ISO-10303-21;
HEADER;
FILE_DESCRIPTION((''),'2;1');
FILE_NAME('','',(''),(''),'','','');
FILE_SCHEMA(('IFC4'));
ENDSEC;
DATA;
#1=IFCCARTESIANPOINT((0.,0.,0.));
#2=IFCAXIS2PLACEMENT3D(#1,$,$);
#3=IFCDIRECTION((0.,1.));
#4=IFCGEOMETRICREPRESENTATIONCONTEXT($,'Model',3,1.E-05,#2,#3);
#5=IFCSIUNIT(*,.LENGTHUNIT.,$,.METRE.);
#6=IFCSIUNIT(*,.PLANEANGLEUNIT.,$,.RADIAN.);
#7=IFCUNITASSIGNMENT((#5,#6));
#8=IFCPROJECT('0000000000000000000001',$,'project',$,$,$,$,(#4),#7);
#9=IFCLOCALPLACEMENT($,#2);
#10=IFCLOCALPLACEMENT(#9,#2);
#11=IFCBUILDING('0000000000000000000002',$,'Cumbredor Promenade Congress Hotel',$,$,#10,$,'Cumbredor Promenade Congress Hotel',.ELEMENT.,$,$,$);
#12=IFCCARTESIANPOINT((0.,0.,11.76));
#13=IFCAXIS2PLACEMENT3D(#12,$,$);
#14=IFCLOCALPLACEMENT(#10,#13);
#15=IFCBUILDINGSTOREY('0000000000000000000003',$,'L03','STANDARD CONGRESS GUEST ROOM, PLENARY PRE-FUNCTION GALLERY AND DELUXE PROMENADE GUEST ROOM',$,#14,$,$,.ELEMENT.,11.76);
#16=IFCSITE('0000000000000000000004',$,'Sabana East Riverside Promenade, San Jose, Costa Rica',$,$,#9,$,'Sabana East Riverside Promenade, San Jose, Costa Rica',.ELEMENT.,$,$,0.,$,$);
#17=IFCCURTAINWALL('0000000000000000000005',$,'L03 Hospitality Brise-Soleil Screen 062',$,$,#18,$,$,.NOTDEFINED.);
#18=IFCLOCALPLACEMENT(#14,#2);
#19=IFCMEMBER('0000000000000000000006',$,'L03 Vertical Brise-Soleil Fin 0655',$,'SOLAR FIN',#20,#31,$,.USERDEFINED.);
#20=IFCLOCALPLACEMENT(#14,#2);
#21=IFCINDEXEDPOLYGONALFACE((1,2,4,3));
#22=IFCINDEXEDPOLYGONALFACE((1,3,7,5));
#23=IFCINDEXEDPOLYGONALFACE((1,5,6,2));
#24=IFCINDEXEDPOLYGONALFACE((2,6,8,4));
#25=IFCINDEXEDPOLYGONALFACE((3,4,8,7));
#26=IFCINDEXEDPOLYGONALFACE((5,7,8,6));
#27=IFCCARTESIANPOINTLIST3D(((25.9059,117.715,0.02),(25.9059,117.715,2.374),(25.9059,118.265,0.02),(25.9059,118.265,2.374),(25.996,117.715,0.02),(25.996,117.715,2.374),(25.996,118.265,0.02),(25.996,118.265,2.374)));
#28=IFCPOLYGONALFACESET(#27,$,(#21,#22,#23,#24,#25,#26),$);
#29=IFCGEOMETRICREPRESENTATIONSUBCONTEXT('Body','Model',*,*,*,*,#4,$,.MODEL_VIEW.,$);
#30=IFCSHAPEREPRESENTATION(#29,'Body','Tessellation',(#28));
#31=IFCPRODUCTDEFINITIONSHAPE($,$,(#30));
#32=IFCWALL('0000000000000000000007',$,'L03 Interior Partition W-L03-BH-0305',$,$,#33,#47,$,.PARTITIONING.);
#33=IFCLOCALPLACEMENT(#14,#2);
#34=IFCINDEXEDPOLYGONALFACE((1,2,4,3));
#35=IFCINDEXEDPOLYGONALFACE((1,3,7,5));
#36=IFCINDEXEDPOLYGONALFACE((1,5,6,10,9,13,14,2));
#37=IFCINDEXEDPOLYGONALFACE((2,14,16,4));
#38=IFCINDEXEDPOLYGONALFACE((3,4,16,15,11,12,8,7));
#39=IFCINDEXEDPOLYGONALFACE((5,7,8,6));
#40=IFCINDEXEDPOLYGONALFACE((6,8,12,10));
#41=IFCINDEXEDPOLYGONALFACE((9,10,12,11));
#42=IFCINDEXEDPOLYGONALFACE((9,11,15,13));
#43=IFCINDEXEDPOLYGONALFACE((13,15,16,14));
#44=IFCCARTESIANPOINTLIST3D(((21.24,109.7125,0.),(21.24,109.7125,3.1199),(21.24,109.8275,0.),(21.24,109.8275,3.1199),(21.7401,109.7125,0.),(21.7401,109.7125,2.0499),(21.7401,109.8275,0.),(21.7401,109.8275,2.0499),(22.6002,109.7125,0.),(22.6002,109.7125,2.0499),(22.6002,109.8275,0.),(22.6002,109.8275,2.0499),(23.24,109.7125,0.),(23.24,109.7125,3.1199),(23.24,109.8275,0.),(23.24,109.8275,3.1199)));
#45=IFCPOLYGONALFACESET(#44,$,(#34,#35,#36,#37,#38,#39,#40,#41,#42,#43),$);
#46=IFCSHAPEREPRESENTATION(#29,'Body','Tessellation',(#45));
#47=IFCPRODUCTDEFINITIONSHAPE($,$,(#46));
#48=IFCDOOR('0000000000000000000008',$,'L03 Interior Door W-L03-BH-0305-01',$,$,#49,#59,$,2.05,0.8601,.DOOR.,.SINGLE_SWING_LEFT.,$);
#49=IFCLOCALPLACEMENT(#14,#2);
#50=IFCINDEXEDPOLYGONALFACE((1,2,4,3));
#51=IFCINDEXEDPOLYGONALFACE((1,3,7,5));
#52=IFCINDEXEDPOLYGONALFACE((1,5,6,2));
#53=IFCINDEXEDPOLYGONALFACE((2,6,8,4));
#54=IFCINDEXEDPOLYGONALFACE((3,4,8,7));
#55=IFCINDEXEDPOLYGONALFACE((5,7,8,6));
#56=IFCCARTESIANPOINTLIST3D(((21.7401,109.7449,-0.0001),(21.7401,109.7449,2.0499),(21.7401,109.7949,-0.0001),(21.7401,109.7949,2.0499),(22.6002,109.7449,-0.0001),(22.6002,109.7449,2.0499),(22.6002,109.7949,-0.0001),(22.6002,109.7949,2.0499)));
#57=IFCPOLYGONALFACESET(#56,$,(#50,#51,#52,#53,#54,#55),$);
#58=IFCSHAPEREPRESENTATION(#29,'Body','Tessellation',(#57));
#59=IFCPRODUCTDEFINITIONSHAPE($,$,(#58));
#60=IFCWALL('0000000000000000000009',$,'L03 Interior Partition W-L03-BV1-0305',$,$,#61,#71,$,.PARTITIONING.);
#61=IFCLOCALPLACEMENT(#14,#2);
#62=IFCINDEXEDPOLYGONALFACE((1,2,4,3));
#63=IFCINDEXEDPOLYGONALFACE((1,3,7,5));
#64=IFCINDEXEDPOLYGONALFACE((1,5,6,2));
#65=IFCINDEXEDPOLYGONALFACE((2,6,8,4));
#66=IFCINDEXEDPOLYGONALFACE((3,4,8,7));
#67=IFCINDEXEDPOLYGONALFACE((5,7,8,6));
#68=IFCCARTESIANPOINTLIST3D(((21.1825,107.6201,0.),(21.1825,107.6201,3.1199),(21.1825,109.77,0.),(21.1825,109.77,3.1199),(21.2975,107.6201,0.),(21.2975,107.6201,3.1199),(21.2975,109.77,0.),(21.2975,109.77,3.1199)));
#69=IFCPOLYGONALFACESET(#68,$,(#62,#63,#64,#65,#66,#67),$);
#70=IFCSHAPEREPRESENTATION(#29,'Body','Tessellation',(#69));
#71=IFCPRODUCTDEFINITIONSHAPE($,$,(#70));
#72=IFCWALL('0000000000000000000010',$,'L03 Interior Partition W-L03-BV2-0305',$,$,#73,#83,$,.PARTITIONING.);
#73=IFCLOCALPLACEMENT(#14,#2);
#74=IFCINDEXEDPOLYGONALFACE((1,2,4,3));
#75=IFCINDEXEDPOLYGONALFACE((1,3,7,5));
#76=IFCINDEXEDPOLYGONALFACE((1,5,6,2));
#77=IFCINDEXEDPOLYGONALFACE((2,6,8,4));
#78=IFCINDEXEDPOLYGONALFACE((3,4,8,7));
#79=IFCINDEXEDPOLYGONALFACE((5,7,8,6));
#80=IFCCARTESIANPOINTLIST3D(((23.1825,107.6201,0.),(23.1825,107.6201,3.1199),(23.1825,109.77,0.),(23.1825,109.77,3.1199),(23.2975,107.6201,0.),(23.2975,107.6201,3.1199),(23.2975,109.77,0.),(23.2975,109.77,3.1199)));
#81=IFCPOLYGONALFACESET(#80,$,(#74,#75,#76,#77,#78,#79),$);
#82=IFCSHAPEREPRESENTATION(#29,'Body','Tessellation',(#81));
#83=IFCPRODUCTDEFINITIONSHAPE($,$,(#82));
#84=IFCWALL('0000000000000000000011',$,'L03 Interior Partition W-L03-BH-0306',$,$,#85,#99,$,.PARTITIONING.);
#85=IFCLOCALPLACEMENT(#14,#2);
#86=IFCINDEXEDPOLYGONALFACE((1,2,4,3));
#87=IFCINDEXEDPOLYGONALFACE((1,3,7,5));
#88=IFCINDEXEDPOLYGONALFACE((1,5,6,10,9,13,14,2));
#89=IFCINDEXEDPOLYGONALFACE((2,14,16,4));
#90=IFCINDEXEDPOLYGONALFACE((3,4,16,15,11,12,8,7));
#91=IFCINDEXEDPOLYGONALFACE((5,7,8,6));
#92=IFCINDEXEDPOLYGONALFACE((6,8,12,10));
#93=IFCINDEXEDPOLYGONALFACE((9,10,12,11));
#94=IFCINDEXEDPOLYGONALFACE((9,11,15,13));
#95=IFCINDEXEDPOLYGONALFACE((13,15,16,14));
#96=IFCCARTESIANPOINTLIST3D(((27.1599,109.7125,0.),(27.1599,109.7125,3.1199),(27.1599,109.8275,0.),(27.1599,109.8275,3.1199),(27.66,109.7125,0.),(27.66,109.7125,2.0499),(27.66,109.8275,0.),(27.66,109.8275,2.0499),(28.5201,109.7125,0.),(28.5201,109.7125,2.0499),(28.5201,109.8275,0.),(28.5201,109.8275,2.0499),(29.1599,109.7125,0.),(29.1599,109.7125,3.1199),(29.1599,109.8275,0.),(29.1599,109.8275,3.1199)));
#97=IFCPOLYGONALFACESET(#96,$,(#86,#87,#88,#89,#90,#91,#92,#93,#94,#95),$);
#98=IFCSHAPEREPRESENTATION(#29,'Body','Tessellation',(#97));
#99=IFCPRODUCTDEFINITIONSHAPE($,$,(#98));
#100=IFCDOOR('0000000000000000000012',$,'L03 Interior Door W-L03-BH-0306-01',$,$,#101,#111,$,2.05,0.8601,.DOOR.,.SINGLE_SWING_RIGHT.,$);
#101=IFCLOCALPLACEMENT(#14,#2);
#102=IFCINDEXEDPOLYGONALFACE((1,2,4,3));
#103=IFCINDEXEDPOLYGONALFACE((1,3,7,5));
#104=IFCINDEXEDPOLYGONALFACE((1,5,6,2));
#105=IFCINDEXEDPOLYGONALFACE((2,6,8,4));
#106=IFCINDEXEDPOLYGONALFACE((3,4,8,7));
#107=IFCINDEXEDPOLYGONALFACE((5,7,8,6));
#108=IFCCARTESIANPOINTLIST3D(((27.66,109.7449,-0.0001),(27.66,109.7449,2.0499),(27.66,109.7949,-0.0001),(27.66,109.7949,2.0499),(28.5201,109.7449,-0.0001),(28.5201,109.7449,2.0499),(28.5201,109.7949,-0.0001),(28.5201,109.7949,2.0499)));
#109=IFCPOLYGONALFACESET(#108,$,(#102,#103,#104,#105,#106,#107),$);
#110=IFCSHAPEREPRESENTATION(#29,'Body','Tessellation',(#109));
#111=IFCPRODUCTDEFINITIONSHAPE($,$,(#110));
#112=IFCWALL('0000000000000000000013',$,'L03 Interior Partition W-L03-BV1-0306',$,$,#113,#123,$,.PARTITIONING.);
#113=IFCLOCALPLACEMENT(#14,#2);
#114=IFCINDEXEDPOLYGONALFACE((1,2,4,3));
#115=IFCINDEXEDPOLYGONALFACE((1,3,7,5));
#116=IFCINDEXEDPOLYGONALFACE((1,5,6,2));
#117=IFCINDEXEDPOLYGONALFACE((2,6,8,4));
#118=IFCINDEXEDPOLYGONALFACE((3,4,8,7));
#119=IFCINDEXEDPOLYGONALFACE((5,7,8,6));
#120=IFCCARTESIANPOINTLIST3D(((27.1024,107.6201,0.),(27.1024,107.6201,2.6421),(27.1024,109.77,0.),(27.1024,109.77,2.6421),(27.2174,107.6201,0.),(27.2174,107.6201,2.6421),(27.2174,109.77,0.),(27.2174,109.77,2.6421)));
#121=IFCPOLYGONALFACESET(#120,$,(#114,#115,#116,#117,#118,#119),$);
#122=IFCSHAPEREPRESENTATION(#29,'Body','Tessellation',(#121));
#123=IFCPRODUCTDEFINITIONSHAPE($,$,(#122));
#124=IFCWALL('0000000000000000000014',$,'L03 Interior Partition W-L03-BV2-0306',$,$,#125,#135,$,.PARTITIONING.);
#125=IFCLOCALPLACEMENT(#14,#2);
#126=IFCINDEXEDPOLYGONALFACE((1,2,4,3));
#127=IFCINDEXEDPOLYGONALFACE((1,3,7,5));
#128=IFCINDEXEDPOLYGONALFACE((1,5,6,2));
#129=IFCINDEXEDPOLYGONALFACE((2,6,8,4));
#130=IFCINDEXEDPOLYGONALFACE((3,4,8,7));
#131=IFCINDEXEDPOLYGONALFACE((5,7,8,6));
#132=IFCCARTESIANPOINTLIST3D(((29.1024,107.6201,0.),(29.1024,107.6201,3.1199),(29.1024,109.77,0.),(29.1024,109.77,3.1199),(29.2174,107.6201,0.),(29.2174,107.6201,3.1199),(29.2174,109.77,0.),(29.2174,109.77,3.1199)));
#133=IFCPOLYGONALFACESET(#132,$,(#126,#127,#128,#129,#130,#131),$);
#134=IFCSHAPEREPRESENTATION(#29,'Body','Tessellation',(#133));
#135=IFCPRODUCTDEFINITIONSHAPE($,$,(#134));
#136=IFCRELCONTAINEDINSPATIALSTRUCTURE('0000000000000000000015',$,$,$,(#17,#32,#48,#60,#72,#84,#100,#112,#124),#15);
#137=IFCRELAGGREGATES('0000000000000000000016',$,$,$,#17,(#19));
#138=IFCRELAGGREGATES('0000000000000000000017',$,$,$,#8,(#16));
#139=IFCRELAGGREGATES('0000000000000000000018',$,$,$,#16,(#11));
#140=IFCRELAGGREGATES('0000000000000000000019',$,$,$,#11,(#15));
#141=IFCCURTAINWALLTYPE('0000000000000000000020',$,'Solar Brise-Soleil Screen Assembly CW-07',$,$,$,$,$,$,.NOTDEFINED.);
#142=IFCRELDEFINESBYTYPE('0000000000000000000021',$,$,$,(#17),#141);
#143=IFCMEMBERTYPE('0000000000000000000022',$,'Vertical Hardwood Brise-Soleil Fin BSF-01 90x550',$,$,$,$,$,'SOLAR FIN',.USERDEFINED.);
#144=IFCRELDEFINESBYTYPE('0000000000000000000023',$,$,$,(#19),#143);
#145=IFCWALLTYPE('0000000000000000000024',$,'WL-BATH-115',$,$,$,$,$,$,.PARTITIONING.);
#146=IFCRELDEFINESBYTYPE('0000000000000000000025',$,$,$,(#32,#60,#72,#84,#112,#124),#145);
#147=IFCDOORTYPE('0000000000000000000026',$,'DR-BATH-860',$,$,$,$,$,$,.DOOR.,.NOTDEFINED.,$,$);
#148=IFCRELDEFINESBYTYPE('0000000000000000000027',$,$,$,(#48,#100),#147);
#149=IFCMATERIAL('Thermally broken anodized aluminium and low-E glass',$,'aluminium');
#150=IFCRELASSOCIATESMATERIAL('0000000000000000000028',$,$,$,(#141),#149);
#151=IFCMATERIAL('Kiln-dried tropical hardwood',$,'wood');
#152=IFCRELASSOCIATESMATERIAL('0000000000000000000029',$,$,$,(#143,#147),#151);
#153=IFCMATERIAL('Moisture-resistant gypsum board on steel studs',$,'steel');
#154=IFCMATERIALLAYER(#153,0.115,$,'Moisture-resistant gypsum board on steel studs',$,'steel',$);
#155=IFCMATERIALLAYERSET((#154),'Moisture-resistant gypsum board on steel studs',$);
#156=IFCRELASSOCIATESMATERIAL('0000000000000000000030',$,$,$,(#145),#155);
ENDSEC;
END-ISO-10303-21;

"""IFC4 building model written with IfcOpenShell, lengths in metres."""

from ifc_helpers import new_model, si_unit, direction, frame, frame_2d, origin, origin_2d, place, context, subcontext, project, spatial, rectangle, extrude, material, layer, layer_set, material_profile, profile_set, type_object, element, fill, aggregate, save


model = new_model("IFC4")

# Units and contexts
model_context = context("Model", 3, precision=1e-05, world=origin(), true_north=direction((0.0, 1.0)))
body_context = subcontext(model_context, "Body", "Model", "MODEL_VIEW")
ifc_project = project(units=[si_unit("LENGTHUNIT", "METRE"), si_unit("PLANEANGLEUNIT", "RADIAN")], contexts=[model_context])

# Site, building, storey
site_placement = place(None, origin())
site = spatial("IfcSite", under=ifc_project, at=site_placement, Name="Sabana East Riverside Promenade, San Jose, Costa Rica", LongName="Sabana East Riverside Promenade, San Jose, Costa Rica", CompositionType="ELEMENT", RefElevation=0.0)
building_placement = place(site_placement, origin())
building = spatial("IfcBuilding", under=site, at=building_placement, Name="Cumbredor Promenade Congress Hotel", LongName="Cumbredor Promenade Congress Hotel", CompositionType="ELEMENT")
storey_placement = place(building_placement, frame((0.0, 0.0, 11.76)))
storey = spatial("IfcBuildingStorey", under=building, at=storey_placement, Name="L03", Description="STANDARD CONGRESS GUEST ROOM, PLENARY PRE-FUNCTION GALLERY AND DELUXE PROMENADE GUEST ROOM", CompositionType="ELEMENT", Elevation=11.76)

# Curtain wall
ifc_material_1 = material(Name="Thermally broken anodized aluminium and low-E glass", Category="aluminium")
curtain_wall_type = type_object("IfcCurtainWallType", Name="Solar Brise-Soleil Screen Assembly CW-07", PredefinedType="NOTDEFINED", material=ifc_material_1)
curtain_wall_1_placement = place(storey_placement, origin())
curtain_wall_1 = element("IfcCurtainWall", 1, at=curtain_wall_1_placement, inside=storey, type_object=curtain_wall_type, Name="L03 Hospitality Brise-Soleil Screen 062", PredefinedType="NOTDEFINED")

# Shared definitions
ifc_material_2 = material(Name="Kiln-dried tropical hardwood", Category="wood")
ifc_material_profile_1 = material_profile(ifc_material_2, rectangle(XDim=0.0901, YDim=0.55, at=origin_2d()), Name="ARCH FIN 90x550")
ifc_profile_set_1 = profile_set([ifc_material_profile_1], Name="Kiln-dried tropical hardwood")
member_type_1 = type_object("IfcMemberType", Name="Vertical Hardwood Brise-Soleil Fin BSF-01 90x550", ElementType="SOLAR FIN", PredefinedType="USERDEFINED", material=ifc_profile_set_1)

# Member
member_1_placement = place(storey_placement, frame((25.9509, 117.99, 0.02), z_axis=(0.0, 0.0, 1.0), x_axis=(1.0, 0.0, 0.0)))
member_1 = element("IfcMember", 2, at=member_1_placement, type_object=member_type_1, Name="L03 Vertical Brise-Soleil Fin 0655", ObjectType="SOLAR FIN", PredefinedType="USERDEFINED", context=body_context, shape_type="SweptSolid", body=[
    extrude(rectangle(XDim=0.0901, YDim=0.55, at=origin_2d()), origin(), (0.0, 0.0, 1.0), 2.354),
])
aggregate(curtain_wall_1, [member_1])

# Wall, opening, door
ifc_material_3 = material(Name="Moisture-resistant gypsum board on steel studs", Category="steel")
ifc_layer_1 = layer(ifc_material_3, 0.115, Name="Moisture-resistant gypsum board on steel studs", Category="steel")
ifc_layer_set_1 = layer_set([ifc_layer_1], Name="Moisture-resistant gypsum board on steel studs")
wall_type_1 = type_object("IfcWallType", Name="WL-BATH-115", PredefinedType="PARTITIONING", material=ifc_layer_set_1)
wall_1_placement = place(storey_placement, frame((21.24, 109.77, 0.0), z_axis=(0.0, 0.0, 1.0), x_axis=(1.0, 0.0, 0.0)))
wall_1 = element("IfcWall", 3, at=wall_1_placement, inside=storey, type_object=wall_type_1, Name="L03 Interior Partition W-L03-BH-0305", PredefinedType="PARTITIONING", context=body_context, shape_type="SweptSolid", body=[
    extrude(rectangle(XDim=2.0, YDim=0.115, at=frame_2d((1.0, 0.0))), origin(), (0.0, 0.0, 1.0), 3.1199),
])
opening_1_placement = place(wall_1_placement, frame((0.5, 0.0, 0.0)))
opening_1 = element("IfcOpeningElement", 4, at=opening_1_placement, cuts=wall_1, PredefinedType="OPENING", context=body_context, shape_type="SweptSolid", body=[
    extrude(rectangle(XDim=0.8601, YDim=2.05, at=frame_2d((0.4302, 1.0249))), frame((0.0, 0.0674, 0.0), z_axis=(0.0, -1.0, 0.0), x_axis=(1.0, 0.0, 0.0)), (0.0, 0.0, 1.0), 0.135),
])
door_type_1 = type_object("IfcDoorType", Name="DR-BATH-860", OperationType="NOTDEFINED", PredefinedType="DOOR", material=ifc_material_2)
door_1_placement = place(opening_1_placement, origin())
door_1 = element("IfcDoor", 5, at=door_1_placement, inside=storey, type_object=door_type_1, Name="L03 Interior Door W-L03-BH-0305-01", OperationType="SINGLE_SWING_LEFT", OverallHeight=2.05, OverallWidth=0.8601, PredefinedType="DOOR", context=body_context, shape_type="SweptSolid", body=[
    extrude(rectangle(XDim=0.8601, YDim=2.05, at=frame_2d((0.4302, 1.0249))), frame((0.0, 0.0249, 0.0), z_axis=(0.0, -1.0, 0.0), x_axis=(1.0, 0.0, 0.0)), (0.0, 0.0, 1.0), 0.05),
])
fill(opening_1, door_1)

# Walls
for number, where, z_axis, x_axis, name in (
    (6, (21.24, 107.6201, 0.0), (0.0, 0.0, 1.0), (0.0, 1.0, 0.0), "L03 Interior Partition W-L03-BV1-0305"),
    (7, (23.24, 107.6201, 0.0), (0.0, 0.0, 1.0), (0.0, 1.0, 0.0), "L03 Interior Partition W-L03-BV2-0305"),
):
    element("IfcWall", number, at=place(storey_placement, frame(where, z_axis=z_axis, x_axis=x_axis)), inside=storey, type_object=wall_type_1, Name=name, PredefinedType="PARTITIONING", context=body_context, shape_type="SweptSolid", body=[
        extrude(rectangle(XDim=2.1499, YDim=0.115, at=frame_2d((1.075, 0.0))), origin(), (0.0, 0.0, 1.0), 3.1199),
    ])

# Wall, opening, door
wall_2_placement = place(storey_placement, frame((27.1599, 109.77, 0.0), z_axis=(0.0, 0.0, 1.0), x_axis=(1.0, 0.0, 0.0)))
wall_2 = element("IfcWall", 8, at=wall_2_placement, inside=storey, type_object=wall_type_1, Name="L03 Interior Partition W-L03-BH-0306", PredefinedType="PARTITIONING", context=body_context, shape_type="SweptSolid", body=[
    extrude(rectangle(XDim=2.0, YDim=0.115, at=frame_2d((1.0, 0.0))), origin(), (0.0, 0.0, 1.0), 3.1199),
])
opening_2_placement = place(wall_2_placement, frame((0.5, 0.0, 0.0)))
opening_2 = element("IfcOpeningElement", 9, at=opening_2_placement, cuts=wall_2, PredefinedType="OPENING", context=body_context, shape_type="SweptSolid", body=[
    extrude(rectangle(XDim=0.8601, YDim=2.05, at=frame_2d((0.4302, 1.0249))), frame((0.0, 0.0674, 0.0), z_axis=(0.0, -1.0, 0.0), x_axis=(1.0, 0.0, 0.0)), (0.0, 0.0, 1.0), 0.135),
])
door_2_placement = place(opening_2_placement, origin())
door_2 = element("IfcDoor", 10, at=door_2_placement, inside=storey, type_object=door_type_1, Name="L03 Interior Door W-L03-BH-0306-01", OperationType="SINGLE_SWING_RIGHT", OverallHeight=2.05, OverallWidth=0.8601, PredefinedType="DOOR", context=body_context, shape_type="SweptSolid", body=[
    extrude(rectangle(XDim=0.8601, YDim=2.05, at=frame_2d((0.4302, 1.0249))), frame((0.0, 0.0249, 0.0), z_axis=(0.0, -1.0, 0.0), x_axis=(1.0, 0.0, 0.0)), (0.0, 0.0, 1.0), 0.05),
])
fill(opening_2, door_2)

# Walls
wall_3_placement = place(storey_placement, frame((27.1599, 107.6201, 0.0), z_axis=(0.0, 0.0, 1.0), x_axis=(0.0, 1.0, 0.0)))
element("IfcWall", 11, at=wall_3_placement, inside=storey, type_object=wall_type_1, Name="L03 Interior Partition W-L03-BV1-0306", PredefinedType="PARTITIONING", context=body_context, shape_type="SweptSolid", body=[
    extrude(rectangle(XDim=2.1499, YDim=0.115, at=frame_2d((1.075, 0.0))), origin(), (0.0, 0.0, 1.0), 2.6421),
])
wall_4_placement = place(storey_placement, frame((29.1599, 107.6201, 0.0), z_axis=(0.0, 0.0, 1.0), x_axis=(0.0, 1.0, 0.0)))
element("IfcWall", 12, at=wall_4_placement, inside=storey, type_object=wall_type_1, Name="L03 Interior Partition W-L03-BV2-0306", PredefinedType="PARTITIONING", context=body_context, shape_type="SweptSolid", body=[
    extrude(rectangle(XDim=2.1499, YDim=0.115, at=frame_2d((1.075, 0.0))), origin(), (0.0, 0.0, 1.0), 3.1199),
])

save(model, "model.ifc")
